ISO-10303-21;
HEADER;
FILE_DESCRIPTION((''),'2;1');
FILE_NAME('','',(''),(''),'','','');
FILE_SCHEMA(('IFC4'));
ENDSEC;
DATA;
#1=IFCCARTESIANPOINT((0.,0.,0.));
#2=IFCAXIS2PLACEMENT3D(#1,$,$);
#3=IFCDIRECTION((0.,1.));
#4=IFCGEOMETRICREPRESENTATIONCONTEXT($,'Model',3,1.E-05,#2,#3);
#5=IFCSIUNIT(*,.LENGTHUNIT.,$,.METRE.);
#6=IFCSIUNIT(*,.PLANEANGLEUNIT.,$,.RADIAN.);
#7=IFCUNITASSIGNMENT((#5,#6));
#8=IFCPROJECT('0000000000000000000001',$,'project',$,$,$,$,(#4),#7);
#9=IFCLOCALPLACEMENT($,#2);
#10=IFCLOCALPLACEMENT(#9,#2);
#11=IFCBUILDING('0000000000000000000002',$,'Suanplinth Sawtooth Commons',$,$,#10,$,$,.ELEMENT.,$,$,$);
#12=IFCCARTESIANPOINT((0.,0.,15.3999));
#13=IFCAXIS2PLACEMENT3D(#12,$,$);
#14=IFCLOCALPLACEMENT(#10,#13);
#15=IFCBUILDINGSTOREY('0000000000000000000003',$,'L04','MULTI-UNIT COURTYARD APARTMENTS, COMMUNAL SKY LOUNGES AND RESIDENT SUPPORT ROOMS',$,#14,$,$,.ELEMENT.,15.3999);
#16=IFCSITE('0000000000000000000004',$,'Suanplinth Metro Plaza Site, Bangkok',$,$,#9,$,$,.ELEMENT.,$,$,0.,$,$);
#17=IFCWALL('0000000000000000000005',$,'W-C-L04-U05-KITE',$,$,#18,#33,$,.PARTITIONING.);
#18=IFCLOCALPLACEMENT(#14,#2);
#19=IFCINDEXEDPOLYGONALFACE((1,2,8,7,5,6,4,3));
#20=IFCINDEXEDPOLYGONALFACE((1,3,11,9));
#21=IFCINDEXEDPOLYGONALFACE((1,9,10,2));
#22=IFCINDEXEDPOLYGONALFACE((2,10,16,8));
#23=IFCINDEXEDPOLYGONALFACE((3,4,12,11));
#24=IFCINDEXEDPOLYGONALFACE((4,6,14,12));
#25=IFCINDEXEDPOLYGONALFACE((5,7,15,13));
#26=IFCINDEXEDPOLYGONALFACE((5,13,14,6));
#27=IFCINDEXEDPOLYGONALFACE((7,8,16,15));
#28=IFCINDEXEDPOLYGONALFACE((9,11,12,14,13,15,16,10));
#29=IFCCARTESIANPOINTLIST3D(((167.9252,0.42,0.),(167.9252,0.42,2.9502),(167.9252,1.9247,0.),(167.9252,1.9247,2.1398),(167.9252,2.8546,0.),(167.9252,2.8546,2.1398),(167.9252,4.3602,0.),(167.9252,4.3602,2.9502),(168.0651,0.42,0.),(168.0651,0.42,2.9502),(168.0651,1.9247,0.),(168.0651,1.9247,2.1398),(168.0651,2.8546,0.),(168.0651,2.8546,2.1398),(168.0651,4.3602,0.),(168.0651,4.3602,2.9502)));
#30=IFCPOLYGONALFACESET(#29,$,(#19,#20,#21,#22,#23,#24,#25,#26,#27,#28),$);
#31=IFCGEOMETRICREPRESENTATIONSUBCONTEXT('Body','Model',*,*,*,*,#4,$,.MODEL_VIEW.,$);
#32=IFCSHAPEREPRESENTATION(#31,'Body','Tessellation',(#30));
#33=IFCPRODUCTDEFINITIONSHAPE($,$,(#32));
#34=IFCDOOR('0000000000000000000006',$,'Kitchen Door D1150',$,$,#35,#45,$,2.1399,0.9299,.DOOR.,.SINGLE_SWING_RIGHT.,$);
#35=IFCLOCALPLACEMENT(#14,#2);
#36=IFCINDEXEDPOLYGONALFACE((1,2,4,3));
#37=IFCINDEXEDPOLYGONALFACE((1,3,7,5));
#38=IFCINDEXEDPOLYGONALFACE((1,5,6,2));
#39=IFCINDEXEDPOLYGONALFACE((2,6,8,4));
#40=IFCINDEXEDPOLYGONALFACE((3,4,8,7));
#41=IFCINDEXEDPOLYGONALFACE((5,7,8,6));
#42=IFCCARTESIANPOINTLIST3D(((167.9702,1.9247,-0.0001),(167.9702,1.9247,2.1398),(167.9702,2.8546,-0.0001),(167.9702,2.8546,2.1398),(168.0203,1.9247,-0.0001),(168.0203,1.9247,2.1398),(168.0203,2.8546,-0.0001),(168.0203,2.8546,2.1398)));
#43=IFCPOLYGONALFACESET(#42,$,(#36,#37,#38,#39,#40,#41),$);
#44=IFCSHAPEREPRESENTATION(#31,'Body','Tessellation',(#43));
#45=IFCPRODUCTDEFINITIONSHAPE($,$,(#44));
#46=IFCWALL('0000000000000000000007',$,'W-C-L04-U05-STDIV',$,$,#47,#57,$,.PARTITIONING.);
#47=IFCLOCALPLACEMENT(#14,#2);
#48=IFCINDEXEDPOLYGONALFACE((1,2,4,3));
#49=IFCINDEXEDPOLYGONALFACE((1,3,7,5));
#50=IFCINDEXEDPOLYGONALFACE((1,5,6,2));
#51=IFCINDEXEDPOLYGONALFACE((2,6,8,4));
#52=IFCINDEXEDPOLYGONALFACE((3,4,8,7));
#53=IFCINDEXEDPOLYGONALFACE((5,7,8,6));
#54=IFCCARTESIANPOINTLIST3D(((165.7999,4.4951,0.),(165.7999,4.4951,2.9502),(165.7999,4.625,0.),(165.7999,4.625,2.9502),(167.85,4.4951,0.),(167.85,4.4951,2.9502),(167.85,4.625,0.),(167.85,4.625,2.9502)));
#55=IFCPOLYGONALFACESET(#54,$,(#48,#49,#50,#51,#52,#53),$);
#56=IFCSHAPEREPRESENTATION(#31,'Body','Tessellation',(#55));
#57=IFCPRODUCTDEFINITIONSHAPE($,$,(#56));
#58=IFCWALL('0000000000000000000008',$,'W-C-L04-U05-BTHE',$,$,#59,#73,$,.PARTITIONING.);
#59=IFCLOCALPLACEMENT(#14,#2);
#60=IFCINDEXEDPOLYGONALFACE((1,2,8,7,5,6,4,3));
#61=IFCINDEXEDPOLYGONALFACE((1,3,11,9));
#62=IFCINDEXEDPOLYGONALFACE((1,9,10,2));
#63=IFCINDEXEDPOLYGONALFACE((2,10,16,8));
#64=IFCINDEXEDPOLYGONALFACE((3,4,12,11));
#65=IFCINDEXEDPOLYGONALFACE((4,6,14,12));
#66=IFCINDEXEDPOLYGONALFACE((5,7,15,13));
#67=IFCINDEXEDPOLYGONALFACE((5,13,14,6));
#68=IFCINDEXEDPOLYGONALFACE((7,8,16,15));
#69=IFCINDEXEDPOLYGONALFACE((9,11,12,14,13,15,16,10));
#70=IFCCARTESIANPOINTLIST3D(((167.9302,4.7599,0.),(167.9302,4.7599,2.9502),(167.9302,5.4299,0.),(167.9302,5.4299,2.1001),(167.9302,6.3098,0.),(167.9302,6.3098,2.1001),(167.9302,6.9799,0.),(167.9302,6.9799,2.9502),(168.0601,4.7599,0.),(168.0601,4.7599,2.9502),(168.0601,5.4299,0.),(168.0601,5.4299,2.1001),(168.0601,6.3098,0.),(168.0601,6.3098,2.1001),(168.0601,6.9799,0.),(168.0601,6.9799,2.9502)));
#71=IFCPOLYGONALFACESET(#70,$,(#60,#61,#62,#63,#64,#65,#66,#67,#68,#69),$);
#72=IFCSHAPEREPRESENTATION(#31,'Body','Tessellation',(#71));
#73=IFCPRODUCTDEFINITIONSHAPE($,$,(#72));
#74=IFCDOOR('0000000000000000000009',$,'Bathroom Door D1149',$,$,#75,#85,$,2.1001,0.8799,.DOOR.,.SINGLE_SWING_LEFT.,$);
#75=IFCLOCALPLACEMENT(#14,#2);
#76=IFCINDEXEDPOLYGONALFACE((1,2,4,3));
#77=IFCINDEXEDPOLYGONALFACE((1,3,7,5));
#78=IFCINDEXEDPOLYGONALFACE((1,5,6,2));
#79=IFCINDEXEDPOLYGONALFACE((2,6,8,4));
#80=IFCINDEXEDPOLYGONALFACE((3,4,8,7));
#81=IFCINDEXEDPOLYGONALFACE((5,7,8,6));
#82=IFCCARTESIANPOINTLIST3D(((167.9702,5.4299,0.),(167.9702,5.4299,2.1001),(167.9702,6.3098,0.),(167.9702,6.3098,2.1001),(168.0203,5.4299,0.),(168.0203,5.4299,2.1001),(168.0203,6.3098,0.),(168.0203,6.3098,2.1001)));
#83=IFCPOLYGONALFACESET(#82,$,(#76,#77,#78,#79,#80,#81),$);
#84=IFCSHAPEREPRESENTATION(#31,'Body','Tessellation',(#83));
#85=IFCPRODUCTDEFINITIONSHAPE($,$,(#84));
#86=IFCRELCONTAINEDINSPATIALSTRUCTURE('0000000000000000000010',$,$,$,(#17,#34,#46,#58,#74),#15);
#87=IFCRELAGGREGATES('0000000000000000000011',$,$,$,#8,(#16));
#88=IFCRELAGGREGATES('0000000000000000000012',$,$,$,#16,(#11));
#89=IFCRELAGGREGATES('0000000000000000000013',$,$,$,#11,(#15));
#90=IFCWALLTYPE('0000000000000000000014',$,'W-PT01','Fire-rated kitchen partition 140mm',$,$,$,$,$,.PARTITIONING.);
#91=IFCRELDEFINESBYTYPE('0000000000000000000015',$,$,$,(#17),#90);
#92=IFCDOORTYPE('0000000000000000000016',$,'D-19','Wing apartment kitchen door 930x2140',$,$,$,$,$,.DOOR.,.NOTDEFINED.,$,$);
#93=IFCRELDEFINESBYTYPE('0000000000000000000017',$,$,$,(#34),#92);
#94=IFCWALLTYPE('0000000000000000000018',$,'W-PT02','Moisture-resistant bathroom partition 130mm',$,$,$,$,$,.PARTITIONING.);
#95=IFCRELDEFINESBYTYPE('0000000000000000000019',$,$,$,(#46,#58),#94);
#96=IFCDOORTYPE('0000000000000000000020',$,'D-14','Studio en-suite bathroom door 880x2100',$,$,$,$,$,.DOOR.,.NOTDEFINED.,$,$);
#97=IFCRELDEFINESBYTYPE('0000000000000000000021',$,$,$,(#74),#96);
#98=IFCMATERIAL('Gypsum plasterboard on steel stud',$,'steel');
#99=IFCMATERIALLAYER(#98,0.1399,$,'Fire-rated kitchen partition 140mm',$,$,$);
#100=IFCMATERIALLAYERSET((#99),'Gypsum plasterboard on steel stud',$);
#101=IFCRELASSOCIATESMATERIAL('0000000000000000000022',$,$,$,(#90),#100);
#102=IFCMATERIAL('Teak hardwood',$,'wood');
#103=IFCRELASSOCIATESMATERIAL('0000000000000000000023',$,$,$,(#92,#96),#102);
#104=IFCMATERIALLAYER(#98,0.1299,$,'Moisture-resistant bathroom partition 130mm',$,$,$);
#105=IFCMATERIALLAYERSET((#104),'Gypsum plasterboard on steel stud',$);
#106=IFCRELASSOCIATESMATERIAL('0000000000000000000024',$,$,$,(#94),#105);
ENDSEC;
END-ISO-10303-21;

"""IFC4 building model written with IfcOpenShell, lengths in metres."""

from ifc_helpers import new_model, si_unit, direction, frame, frame_2d, origin, place, context, subcontext, project, spatial, rectangle, extrude, material, layer, layer_set, type_object, element, fill, save


model = new_model("IFC4")

# Units and contexts
model_context = context("Model", 3, precision=1e-05, world=origin(), true_north=direction((0.0, 1.0)))
body_context = subcontext(model_context, "Body", "Model", "MODEL_VIEW")
ifc_project = project(units=[si_unit("LENGTHUNIT", "METRE"), si_unit("PLANEANGLEUNIT", "RADIAN")], contexts=[model_context])

# Site, building, storey
site_placement = place(None, origin())
site = spatial("IfcSite", under=ifc_project, at=site_placement, Name="Suanplinth Metro Plaza Site, Bangkok", CompositionType="ELEMENT", RefElevation=0.0)
building_placement = place(site_placement, origin())
building = spatial("IfcBuilding", under=site, at=building_placement, Name="Suanplinth Sawtooth Commons", CompositionType="ELEMENT")
storey_placement = place(building_placement, frame((0.0, 0.0, 15.3999)))
storey = spatial("IfcBuildingStorey", under=building, at=storey_placement, Name="L04", Description="MULTI-UNIT COURTYARD APARTMENTS, COMMUNAL SKY LOUNGES AND RESIDENT SUPPORT ROOMS", CompositionType="ELEMENT", Elevation=15.3999)

# Wall, opening, door
ifc_material_1 = material(Name="Gypsum plasterboard on steel stud", Category="steel")
ifc_layer_1 = layer(ifc_material_1, 0.1399, Name="Fire-rated kitchen partition 140mm")
ifc_layer_set_1 = layer_set([ifc_layer_1], Name="Gypsum plasterboard on steel stud")
wall_type_1 = type_object("IfcWallType", Name="W-PT01", Description="Fire-rated kitchen partition 140mm", PredefinedType="PARTITIONING", material=ifc_layer_set_1)
wall_1_placement = place(storey_placement, frame((167.9951, 0.4199, 0.0), z_axis=(0.0, 0.0, 1.0), x_axis=(0.0, 1.0, 0.0)))
wall_1 = element("IfcWall", 1, at=wall_1_placement, inside=storey, type_object=wall_type_1, Name="W-C-L04-U05-KITE", PredefinedType="PARTITIONING", context=body_context, shape_type="SweptSolid", body=[
    extrude(rectangle(XDim=3.9402, YDim=0.1399, at=frame_2d((1.9702, 0.0))), origin(), (0.0, 0.0, 1.0), 2.9502),
])
opening_1_placement = place(wall_1_placement, frame((1.5049, 0.0, 0.0)))
opening_1 = element("IfcOpeningElement", 2, at=opening_1_placement, cuts=wall_1, PredefinedType="OPENING", context=body_context, shape_type="SweptSolid", body=[
    extrude(rectangle(XDim=0.9299, YDim=2.1399, at=frame_2d((0.4648, 1.0698))), frame((0.0, 0.085, 0.0), z_axis=(0.0, -1.0, 0.0), x_axis=(1.0, 0.0, 0.0)), (0.0, 0.0, 1.0), 0.1697),
])
ifc_material_2 = material(Name="Teak hardwood", Category="wood")
door_type_1 = type_object("IfcDoorType", Name="D-19", Description="Wing apartment kitchen door 930x2140", OperationType="NOTDEFINED", PredefinedType="DOOR", material=ifc_material_2)
door_1_placement = place(opening_1_placement, origin())
door_1 = element("IfcDoor", 3, at=door_1_placement, inside=storey, type_object=door_type_1, Name="Kitchen Door D1150", OperationType="SINGLE_SWING_RIGHT", OverallHeight=2.1399, OverallWidth=0.9299, PredefinedType="DOOR", context=body_context, shape_type="SweptSolid", body=[
    extrude(rectangle(XDim=0.9299, YDim=2.1399, at=frame_2d((0.4648, 1.0698))), frame((0.0, 0.0249, 0.0), z_axis=(0.0, -1.0, 0.0), x_axis=(1.0, 0.0, 0.0)), (0.0, 0.0, 1.0), 0.05),
])
fill(opening_1, door_1)

# Wall
ifc_layer_2 = layer(ifc_material_1, 0.1299, Name="Moisture-resistant bathroom partition 130mm")
ifc_layer_set_2 = layer_set([ifc_layer_2], Name="Gypsum plasterboard on steel stud")
wall_type_2 = type_object("IfcWallType", Name="W-PT02", Description="Moisture-resistant bathroom partition 130mm", PredefinedType="PARTITIONING", material=ifc_layer_set_2)
wall_2_placement = place(storey_placement, frame((165.8, 4.5601, 0.0), z_axis=(0.0, 0.0, 1.0), x_axis=(1.0, 0.0, 0.0)))
element("IfcWall", 4, at=wall_2_placement, inside=storey, type_object=wall_type_2, Name="W-C-L04-U05-STDIV", PredefinedType="PARTITIONING", context=body_context, shape_type="SweptSolid", body=[
    extrude(rectangle(XDim=2.05, YDim=0.1299, at=frame_2d((1.0249, 0.0))), origin(), (0.0, 0.0, 1.0), 2.9502),
])

# Wall, opening, door
wall_3_placement = place(storey_placement, frame((167.9951, 4.76, 0.0), z_axis=(0.0, 0.0, 1.0), x_axis=(0.0, 1.0, 0.0)))
wall_3 = element("IfcWall", 5, at=wall_3_placement, inside=storey, type_object=wall_type_2, Name="W-C-L04-U05-BTHE", PredefinedType="PARTITIONING", context=body_context, shape_type="SweptSolid", body=[
    extrude(rectangle(XDim=2.22, YDim=0.1299, at=frame_2d((1.1099, 0.0))), origin(), (0.0, 0.0, 1.0), 2.9502),
])
opening_2_placement = place(wall_3_placement, frame((0.6699, 0.0, 0.0)))
opening_2 = element("IfcOpeningElement", 6, at=opening_2_placement, cuts=wall_3, PredefinedType="OPENING", context=body_context, shape_type="SweptSolid", body=[
    extrude(rectangle(XDim=0.8799, YDim=2.1001, at=frame_2d((0.4399, 1.05))), frame((0.0, 0.0798, 0.0), z_axis=(0.0, -1.0, 0.0), x_axis=(1.0, 0.0, 0.0)), (0.0, 0.0, 1.0), 0.1597),
])
door_type_2 = type_object("IfcDoorType", Name="D-14", Description="Studio en-suite bathroom door 880x2100", OperationType="NOTDEFINED", PredefinedType="DOOR", material=ifc_material_2)
door_2_placement = place(opening_2_placement, origin())
door_2 = element("IfcDoor", 7, at=door_2_placement, inside=storey, type_object=door_type_2, Name="Bathroom Door D1149", OperationType="SINGLE_SWING_LEFT", OverallHeight=2.1001, OverallWidth=0.8799, PredefinedType="DOOR", context=body_context, shape_type="SweptSolid", body=[
    extrude(rectangle(XDim=0.8799, YDim=2.1001, at=frame_2d((0.4399, 1.05))), frame((0.0, 0.0249, 0.0), z_axis=(0.0, -1.0, 0.0), x_axis=(1.0, 0.0, 0.0)), (0.0, 0.0, 1.0), 0.05),
])
fill(opening_2, door_2)

save(model, "model.ifc")
